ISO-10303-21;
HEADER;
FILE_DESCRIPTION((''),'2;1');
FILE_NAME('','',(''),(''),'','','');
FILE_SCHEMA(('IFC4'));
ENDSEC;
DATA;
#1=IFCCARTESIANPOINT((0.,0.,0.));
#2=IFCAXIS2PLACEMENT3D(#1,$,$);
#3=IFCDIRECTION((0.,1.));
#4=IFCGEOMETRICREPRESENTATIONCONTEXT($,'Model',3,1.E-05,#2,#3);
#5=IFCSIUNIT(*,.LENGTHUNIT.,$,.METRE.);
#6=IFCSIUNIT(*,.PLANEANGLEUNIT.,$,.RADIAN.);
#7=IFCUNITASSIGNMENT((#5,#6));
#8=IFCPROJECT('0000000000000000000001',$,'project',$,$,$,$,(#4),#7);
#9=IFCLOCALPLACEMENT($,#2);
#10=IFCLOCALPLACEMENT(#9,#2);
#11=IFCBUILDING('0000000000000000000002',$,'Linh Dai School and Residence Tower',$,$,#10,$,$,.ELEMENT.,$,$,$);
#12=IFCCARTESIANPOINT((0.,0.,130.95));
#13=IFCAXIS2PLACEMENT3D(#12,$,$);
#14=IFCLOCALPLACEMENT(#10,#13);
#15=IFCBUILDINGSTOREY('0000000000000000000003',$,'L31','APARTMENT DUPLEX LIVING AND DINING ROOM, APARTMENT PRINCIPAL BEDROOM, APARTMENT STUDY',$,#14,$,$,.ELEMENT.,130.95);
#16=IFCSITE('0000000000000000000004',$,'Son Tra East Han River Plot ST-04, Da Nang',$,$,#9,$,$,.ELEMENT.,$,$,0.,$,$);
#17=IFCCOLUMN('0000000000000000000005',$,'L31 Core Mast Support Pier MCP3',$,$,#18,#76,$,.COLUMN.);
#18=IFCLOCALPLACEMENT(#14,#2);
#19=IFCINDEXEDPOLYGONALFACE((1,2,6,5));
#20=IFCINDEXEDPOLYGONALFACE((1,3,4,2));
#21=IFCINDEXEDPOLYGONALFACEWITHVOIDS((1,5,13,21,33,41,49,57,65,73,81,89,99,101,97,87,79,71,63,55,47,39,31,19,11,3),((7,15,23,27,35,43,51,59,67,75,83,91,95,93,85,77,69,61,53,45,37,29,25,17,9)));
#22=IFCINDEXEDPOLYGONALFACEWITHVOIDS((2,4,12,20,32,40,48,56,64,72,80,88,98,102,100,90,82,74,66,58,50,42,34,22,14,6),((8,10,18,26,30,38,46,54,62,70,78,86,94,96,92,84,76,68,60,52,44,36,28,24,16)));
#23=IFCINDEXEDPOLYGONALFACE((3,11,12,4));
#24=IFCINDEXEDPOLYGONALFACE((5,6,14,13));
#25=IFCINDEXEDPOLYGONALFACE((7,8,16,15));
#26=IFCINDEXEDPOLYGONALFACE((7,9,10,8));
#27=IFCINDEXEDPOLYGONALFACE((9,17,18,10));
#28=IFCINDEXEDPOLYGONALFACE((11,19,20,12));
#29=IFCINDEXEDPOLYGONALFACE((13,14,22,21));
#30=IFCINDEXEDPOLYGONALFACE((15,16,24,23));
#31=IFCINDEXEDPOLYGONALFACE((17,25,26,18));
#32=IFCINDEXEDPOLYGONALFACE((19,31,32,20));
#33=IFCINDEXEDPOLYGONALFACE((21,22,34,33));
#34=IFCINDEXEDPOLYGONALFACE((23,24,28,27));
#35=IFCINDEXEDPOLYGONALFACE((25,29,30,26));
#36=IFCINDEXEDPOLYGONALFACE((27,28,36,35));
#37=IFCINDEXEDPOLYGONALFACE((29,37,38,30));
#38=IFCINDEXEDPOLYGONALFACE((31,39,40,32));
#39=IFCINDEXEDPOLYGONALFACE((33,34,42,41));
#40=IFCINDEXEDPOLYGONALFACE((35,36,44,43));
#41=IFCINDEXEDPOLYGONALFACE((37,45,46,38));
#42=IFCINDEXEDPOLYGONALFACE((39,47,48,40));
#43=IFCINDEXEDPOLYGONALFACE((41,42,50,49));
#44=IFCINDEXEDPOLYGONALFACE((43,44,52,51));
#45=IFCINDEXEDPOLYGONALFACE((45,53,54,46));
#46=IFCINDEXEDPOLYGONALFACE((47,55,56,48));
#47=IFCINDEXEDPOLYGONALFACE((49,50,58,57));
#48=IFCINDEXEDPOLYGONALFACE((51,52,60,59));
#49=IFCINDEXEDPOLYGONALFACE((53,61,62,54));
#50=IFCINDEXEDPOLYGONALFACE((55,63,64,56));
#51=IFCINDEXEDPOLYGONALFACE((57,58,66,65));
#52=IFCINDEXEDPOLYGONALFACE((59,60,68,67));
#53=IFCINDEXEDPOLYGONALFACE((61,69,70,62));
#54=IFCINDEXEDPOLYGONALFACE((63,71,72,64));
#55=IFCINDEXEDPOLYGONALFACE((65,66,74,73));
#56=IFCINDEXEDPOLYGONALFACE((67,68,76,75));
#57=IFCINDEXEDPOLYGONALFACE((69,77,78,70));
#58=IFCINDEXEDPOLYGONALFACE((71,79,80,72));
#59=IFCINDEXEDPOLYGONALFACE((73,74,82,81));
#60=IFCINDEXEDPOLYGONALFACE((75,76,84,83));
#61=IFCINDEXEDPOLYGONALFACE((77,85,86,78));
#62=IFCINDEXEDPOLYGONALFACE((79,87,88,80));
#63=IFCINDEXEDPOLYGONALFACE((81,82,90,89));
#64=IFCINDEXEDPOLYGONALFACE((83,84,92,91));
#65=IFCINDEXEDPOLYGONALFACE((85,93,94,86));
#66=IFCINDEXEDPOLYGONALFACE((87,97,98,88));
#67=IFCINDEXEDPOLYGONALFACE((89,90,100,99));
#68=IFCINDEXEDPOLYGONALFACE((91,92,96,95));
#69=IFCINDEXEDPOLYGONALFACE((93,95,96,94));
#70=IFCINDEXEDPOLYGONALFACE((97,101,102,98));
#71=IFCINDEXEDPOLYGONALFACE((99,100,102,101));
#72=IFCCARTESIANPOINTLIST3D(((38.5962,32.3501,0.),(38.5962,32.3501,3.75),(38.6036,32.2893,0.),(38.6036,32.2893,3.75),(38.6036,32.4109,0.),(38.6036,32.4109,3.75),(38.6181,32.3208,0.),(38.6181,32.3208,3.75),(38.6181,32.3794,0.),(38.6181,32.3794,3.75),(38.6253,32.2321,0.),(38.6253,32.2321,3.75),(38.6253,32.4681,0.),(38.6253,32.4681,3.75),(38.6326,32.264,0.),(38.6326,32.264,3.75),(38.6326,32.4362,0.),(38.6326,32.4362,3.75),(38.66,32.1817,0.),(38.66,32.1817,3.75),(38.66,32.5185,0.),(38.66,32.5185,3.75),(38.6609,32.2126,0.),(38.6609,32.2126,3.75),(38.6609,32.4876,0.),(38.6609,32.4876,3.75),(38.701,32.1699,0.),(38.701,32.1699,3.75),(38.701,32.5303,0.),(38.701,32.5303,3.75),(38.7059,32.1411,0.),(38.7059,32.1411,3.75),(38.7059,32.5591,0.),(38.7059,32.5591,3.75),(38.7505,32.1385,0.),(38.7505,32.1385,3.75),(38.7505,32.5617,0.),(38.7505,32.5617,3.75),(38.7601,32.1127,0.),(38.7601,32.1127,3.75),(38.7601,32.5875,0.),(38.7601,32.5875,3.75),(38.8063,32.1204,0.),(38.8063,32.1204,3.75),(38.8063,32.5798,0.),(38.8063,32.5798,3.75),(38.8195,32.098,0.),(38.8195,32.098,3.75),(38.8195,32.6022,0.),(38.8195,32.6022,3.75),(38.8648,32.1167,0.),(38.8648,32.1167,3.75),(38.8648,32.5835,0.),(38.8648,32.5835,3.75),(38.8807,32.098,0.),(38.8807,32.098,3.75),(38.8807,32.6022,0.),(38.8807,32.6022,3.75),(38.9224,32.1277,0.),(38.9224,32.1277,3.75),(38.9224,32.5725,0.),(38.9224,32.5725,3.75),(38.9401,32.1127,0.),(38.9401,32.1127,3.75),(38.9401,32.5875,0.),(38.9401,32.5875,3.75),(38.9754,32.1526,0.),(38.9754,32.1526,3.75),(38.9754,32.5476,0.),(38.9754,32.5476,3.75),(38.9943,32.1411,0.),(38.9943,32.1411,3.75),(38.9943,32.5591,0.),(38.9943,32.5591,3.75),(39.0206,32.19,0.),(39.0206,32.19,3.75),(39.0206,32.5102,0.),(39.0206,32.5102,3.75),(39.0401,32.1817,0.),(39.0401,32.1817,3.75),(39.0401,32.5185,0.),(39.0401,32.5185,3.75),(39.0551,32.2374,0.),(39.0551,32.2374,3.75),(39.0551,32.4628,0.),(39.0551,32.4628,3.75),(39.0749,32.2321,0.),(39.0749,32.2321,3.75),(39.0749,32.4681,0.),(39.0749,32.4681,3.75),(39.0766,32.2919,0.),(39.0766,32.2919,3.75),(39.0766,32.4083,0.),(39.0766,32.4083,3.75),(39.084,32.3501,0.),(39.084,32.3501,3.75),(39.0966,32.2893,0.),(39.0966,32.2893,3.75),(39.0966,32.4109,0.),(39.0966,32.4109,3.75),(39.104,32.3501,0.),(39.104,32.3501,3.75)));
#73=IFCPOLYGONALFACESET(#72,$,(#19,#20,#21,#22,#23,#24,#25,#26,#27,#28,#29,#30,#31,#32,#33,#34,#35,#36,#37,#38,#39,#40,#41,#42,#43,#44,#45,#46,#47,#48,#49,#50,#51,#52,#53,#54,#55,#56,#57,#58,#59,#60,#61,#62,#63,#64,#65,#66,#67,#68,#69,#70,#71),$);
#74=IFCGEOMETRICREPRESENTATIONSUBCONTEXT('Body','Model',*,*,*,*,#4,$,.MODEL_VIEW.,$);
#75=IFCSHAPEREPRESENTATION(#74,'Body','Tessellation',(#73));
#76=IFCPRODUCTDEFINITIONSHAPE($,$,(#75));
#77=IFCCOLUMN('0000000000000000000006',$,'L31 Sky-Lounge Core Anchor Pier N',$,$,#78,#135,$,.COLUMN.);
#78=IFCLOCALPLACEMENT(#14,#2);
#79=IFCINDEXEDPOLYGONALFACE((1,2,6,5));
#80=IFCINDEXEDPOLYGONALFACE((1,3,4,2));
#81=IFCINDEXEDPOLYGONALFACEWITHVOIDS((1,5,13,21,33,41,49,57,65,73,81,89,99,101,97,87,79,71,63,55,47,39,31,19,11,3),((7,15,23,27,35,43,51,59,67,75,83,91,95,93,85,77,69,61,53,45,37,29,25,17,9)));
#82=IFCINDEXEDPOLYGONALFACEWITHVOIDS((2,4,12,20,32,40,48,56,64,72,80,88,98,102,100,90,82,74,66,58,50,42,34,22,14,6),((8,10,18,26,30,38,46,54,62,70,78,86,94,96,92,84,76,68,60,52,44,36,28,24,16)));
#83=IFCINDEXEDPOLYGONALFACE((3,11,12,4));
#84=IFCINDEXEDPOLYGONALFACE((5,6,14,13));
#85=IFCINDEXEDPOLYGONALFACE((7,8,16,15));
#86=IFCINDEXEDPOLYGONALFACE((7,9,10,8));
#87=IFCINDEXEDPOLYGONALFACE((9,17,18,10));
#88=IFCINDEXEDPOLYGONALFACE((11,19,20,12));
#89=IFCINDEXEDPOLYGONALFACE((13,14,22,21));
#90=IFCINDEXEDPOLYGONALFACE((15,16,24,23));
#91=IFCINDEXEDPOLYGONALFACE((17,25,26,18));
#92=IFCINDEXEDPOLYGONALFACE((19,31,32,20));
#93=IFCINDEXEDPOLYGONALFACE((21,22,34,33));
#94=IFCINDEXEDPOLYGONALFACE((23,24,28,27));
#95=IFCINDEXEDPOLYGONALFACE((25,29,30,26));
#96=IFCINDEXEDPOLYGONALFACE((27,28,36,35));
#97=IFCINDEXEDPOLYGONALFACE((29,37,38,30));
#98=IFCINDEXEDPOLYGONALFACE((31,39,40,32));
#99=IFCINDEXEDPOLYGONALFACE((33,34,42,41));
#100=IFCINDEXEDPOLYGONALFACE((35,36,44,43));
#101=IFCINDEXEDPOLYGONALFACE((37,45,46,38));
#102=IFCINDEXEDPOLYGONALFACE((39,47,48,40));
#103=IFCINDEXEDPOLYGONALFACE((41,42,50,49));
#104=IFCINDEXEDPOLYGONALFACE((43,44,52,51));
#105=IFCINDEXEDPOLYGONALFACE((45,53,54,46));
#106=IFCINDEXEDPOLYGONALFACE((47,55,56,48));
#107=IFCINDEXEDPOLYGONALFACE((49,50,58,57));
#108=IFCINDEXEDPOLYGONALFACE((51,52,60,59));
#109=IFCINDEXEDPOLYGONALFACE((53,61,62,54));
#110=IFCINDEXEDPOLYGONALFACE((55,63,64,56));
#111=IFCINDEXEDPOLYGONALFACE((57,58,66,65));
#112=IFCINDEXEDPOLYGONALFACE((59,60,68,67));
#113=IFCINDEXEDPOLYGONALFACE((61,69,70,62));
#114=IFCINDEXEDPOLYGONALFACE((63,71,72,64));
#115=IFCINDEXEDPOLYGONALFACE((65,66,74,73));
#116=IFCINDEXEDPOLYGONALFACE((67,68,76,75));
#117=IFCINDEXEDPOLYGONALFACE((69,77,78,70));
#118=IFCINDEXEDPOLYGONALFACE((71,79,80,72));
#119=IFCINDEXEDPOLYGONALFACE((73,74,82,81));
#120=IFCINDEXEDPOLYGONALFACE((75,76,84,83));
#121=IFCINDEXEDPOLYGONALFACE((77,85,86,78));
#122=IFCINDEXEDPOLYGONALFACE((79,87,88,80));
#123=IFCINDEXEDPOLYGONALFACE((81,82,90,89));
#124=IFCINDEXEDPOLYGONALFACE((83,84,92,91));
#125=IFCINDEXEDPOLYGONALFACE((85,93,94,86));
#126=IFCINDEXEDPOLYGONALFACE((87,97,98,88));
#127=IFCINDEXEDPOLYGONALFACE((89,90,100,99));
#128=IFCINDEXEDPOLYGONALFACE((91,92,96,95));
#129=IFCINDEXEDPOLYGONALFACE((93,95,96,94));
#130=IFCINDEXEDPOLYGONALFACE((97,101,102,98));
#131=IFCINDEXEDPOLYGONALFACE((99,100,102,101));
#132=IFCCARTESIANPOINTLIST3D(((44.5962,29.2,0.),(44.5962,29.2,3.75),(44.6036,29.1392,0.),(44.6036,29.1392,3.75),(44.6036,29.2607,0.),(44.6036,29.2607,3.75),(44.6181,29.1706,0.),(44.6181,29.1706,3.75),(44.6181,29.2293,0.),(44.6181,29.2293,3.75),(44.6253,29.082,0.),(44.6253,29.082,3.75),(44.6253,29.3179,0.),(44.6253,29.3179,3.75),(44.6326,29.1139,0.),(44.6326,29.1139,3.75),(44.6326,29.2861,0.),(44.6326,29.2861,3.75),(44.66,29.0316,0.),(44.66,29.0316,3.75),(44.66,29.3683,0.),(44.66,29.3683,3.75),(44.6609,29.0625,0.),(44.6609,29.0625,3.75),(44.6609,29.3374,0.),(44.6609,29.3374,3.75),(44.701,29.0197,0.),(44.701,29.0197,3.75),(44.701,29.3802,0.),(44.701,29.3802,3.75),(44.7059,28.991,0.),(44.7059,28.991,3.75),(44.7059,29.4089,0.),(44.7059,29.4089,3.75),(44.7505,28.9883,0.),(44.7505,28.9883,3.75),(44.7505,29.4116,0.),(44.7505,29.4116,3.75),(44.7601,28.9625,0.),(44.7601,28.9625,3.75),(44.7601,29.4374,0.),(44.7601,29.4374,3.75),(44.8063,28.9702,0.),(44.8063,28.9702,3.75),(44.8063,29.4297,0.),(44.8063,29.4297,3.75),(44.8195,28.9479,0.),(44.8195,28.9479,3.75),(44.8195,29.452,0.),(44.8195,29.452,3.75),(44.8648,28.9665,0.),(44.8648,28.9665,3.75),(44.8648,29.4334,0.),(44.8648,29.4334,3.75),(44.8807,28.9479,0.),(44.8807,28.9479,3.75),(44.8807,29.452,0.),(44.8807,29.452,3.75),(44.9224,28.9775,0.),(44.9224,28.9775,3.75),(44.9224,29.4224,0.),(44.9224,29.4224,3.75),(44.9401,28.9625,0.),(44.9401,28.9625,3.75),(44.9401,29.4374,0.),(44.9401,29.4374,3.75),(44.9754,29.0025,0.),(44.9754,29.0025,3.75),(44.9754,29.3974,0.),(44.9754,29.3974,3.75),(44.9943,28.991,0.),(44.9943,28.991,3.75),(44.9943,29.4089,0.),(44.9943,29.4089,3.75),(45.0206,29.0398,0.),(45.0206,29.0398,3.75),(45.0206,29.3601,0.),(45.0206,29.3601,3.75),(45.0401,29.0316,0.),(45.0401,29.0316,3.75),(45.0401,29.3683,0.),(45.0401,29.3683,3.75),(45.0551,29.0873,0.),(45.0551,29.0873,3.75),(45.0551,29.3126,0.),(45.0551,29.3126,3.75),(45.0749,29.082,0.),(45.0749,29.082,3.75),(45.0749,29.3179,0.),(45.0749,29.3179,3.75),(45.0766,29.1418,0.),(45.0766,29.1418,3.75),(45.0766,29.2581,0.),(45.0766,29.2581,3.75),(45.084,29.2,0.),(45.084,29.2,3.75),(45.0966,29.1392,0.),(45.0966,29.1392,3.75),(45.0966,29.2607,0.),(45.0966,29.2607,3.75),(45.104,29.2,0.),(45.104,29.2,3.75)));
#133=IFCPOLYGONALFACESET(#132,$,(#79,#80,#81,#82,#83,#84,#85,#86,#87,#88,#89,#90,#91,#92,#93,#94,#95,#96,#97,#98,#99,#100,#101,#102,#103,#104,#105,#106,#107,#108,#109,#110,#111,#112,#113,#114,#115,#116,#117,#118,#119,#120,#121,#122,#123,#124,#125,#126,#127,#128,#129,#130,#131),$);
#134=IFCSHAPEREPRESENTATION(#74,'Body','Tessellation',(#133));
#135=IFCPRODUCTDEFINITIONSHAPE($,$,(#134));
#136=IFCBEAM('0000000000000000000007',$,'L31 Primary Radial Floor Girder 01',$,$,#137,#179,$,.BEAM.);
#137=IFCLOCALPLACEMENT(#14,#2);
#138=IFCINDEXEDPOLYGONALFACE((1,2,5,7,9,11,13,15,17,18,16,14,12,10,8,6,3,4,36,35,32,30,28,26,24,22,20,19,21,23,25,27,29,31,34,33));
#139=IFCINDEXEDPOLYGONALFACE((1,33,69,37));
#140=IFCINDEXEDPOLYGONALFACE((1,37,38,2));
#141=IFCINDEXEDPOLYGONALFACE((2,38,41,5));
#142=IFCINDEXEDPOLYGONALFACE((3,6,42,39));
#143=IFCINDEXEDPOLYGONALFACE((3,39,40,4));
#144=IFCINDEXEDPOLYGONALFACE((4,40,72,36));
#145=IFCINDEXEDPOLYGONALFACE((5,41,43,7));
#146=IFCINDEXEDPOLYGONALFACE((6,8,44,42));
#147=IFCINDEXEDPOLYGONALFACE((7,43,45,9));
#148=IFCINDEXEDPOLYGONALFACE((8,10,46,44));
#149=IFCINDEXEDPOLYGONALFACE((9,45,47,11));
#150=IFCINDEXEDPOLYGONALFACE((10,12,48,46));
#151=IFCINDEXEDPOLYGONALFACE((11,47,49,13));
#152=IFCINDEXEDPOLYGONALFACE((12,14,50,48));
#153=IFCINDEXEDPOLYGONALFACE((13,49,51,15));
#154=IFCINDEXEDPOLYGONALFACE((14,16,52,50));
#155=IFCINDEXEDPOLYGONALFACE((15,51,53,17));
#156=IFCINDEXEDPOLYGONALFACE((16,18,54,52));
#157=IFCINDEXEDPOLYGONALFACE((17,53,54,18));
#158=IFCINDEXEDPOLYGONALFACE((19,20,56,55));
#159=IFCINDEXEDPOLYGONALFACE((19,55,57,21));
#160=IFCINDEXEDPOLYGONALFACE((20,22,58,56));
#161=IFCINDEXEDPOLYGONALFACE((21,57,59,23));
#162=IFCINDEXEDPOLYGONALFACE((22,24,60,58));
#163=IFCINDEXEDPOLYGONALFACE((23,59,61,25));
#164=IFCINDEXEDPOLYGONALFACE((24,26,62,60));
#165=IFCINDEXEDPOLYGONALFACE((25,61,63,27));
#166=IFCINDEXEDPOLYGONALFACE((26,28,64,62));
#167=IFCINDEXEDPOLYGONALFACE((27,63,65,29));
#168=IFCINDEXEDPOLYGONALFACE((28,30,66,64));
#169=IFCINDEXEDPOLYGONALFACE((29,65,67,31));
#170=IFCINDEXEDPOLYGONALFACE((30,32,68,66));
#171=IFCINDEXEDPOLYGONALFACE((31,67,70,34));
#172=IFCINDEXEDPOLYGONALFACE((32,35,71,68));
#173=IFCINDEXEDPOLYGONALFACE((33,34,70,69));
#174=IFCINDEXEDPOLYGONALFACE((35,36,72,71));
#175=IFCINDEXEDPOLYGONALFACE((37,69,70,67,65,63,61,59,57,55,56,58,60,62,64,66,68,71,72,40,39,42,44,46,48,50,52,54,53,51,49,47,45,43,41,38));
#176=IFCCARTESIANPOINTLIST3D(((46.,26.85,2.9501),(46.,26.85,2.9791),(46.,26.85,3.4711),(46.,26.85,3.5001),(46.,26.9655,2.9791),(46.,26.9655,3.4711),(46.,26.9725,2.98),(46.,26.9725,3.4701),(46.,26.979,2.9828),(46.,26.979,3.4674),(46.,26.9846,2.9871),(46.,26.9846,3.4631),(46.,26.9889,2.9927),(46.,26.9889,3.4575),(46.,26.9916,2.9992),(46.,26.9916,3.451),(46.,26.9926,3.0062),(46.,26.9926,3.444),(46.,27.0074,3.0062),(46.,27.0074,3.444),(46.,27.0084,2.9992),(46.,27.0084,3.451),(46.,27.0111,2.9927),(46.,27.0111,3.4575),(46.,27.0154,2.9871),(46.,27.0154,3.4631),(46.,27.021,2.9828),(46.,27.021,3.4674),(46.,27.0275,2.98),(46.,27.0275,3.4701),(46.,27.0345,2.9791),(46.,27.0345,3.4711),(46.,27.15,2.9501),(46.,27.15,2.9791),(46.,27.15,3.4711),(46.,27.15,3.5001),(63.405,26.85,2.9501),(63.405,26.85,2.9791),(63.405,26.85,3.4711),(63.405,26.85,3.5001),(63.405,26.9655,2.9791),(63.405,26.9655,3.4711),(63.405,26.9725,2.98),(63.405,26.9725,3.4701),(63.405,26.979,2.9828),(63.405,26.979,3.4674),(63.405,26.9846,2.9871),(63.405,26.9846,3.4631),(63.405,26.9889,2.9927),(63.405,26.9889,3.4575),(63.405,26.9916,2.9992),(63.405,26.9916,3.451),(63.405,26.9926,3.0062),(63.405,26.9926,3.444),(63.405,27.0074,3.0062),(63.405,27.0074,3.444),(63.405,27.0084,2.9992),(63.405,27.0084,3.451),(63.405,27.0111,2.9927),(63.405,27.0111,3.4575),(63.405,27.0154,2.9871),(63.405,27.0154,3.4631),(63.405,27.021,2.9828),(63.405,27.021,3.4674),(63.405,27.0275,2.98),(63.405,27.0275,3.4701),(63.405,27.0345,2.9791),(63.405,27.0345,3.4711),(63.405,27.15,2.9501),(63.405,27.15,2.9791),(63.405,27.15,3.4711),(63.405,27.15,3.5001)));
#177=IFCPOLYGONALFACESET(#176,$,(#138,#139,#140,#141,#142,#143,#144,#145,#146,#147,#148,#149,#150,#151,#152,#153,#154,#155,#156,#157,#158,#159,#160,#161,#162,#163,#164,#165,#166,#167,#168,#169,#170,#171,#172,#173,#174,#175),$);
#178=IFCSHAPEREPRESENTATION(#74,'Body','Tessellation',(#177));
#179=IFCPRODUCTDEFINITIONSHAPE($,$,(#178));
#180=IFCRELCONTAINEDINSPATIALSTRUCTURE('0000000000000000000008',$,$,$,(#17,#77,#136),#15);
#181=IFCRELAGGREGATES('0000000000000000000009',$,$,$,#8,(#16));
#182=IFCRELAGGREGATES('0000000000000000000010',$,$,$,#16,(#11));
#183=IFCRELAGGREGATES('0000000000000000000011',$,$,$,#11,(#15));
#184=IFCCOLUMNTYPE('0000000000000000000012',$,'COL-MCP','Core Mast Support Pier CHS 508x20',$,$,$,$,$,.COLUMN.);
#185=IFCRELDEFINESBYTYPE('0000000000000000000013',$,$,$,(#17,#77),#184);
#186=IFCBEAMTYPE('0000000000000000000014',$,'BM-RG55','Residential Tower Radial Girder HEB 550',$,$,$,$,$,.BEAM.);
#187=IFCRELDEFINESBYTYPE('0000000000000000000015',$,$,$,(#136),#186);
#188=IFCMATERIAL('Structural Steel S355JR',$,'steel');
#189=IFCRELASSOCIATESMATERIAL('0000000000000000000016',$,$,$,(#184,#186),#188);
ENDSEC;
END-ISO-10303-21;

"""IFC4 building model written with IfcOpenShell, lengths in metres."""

from ifc_helpers import new_model, si_unit, direction, frame, origin, origin_2d, place, context, subcontext, project, spatial, hollow_circle, i_section, extrude, material, material_profile, profile_set, type_object, element, save


model = new_model("IFC4")

# Units and contexts
model_context = context("Model", 3, precision=1e-05, world=origin(), true_north=direction((0.0, 1.0)))
body_context = subcontext(model_context, "Body", "Model", "MODEL_VIEW")
ifc_project = project(units=[si_unit("LENGTHUNIT", "METRE"), si_unit("PLANEANGLEUNIT", "RADIAN")], contexts=[model_context])

# Site, building, storey
site_placement = place(None, origin())
site = spatial("IfcSite", under=ifc_project, at=site_placement, Name="Son Tra East Han River Plot ST-04, Da Nang", CompositionType="ELEMENT", RefElevation=0.0)
building_placement = place(site_placement, origin())
building = spatial("IfcBuilding", under=site, at=building_placement, Name="Linh Dai School and Residence Tower", CompositionType="ELEMENT")
storey_placement = place(building_placement, frame((0.0, 0.0, 130.95)))
storey = spatial("IfcBuildingStorey", under=building, at=storey_placement, Name="L31", Description="APARTMENT DUPLEX LIVING AND DINING ROOM, APARTMENT PRINCIPAL BEDROOM, APARTMENT STUDY", CompositionType="ELEMENT", Elevation=130.95)

# Columns
ifc_material_1 = material(Name="Structural Steel S355JR", Category="steel")
ifc_material_profile_1 = material_profile(ifc_material_1, hollow_circle(Radius=0.2539, WallThickness=0.02, at=origin_2d()), Name="CHS 508x20")
ifc_profile_set_1 = profile_set([ifc_material_profile_1], Name="Structural Steel S355JR")
column_type_1 = type_object("IfcColumnType", Name="COL-MCP", Description="Core Mast Support Pier CHS 508x20", PredefinedType="COLUMN", material=ifc_profile_set_1)
for number, where, z_axis, x_axis, name in (
    (1, (38.8501, 32.3501, 0.0), (0.0, 0.0, 1.0), (1.0, 0.0, 0.0), "L31 Core Mast Support Pier MCP3"),
    (2, (44.8501, 29.2, 0.0), (0.0, 0.0, 1.0), (1.0, 0.0, 0.0), "L31 Sky-Lounge Core Anchor Pier N"),
):
    element("IfcColumn", number, at=place(storey_placement, frame(where, z_axis=z_axis, x_axis=x_axis)), inside=storey, type_object=column_type_1, Name=name, PredefinedType="COLUMN", context=body_context, shape_type="SweptSolid", body=[
        extrude(hollow_circle(Radius=0.2539, WallThickness=0.02, at=origin_2d()), origin(), (0.0, 0.0, 1.0), 3.75),
    ])

# Beam
ifc_material_profile_2 = material_profile(ifc_material_1, i_section(OverallWidth=0.3, OverallDepth=0.55, WebThickness=0.0149, FlangeThickness=0.0291, FilletRadius=0.0271, at=origin_2d()), Name="HEB 550")
ifc_profile_set_2 = profile_set([ifc_material_profile_2], Name="Structural Steel S355JR")
beam_type_1 = type_object("IfcBeamType", Name="BM-RG55", Description="Residential Tower Radial Girder HEB 550", PredefinedType="BEAM", material=ifc_profile_set_2)
beam_1_placement = place(storey_placement, frame((46.0, 27.0, 3.2251), z_axis=(1.0, 0.0, 0.0), x_axis=(0.0, 1.0, 0.0)))
element("IfcBeam", 3, at=beam_1_placement, inside=storey, type_object=beam_type_1, Name="L31 Primary Radial Floor Girder 01", PredefinedType="BEAM", context=body_context, shape_type="SweptSolid", body=[
    extrude(i_section(OverallWidth=0.3, OverallDepth=0.55, WebThickness=0.0149, FlangeThickness=0.0291, FilletRadius=0.0271, at=origin_2d()), origin(), (0.0, 0.0, 1.0), 17.405),
])

save(model, "model.ifc")
